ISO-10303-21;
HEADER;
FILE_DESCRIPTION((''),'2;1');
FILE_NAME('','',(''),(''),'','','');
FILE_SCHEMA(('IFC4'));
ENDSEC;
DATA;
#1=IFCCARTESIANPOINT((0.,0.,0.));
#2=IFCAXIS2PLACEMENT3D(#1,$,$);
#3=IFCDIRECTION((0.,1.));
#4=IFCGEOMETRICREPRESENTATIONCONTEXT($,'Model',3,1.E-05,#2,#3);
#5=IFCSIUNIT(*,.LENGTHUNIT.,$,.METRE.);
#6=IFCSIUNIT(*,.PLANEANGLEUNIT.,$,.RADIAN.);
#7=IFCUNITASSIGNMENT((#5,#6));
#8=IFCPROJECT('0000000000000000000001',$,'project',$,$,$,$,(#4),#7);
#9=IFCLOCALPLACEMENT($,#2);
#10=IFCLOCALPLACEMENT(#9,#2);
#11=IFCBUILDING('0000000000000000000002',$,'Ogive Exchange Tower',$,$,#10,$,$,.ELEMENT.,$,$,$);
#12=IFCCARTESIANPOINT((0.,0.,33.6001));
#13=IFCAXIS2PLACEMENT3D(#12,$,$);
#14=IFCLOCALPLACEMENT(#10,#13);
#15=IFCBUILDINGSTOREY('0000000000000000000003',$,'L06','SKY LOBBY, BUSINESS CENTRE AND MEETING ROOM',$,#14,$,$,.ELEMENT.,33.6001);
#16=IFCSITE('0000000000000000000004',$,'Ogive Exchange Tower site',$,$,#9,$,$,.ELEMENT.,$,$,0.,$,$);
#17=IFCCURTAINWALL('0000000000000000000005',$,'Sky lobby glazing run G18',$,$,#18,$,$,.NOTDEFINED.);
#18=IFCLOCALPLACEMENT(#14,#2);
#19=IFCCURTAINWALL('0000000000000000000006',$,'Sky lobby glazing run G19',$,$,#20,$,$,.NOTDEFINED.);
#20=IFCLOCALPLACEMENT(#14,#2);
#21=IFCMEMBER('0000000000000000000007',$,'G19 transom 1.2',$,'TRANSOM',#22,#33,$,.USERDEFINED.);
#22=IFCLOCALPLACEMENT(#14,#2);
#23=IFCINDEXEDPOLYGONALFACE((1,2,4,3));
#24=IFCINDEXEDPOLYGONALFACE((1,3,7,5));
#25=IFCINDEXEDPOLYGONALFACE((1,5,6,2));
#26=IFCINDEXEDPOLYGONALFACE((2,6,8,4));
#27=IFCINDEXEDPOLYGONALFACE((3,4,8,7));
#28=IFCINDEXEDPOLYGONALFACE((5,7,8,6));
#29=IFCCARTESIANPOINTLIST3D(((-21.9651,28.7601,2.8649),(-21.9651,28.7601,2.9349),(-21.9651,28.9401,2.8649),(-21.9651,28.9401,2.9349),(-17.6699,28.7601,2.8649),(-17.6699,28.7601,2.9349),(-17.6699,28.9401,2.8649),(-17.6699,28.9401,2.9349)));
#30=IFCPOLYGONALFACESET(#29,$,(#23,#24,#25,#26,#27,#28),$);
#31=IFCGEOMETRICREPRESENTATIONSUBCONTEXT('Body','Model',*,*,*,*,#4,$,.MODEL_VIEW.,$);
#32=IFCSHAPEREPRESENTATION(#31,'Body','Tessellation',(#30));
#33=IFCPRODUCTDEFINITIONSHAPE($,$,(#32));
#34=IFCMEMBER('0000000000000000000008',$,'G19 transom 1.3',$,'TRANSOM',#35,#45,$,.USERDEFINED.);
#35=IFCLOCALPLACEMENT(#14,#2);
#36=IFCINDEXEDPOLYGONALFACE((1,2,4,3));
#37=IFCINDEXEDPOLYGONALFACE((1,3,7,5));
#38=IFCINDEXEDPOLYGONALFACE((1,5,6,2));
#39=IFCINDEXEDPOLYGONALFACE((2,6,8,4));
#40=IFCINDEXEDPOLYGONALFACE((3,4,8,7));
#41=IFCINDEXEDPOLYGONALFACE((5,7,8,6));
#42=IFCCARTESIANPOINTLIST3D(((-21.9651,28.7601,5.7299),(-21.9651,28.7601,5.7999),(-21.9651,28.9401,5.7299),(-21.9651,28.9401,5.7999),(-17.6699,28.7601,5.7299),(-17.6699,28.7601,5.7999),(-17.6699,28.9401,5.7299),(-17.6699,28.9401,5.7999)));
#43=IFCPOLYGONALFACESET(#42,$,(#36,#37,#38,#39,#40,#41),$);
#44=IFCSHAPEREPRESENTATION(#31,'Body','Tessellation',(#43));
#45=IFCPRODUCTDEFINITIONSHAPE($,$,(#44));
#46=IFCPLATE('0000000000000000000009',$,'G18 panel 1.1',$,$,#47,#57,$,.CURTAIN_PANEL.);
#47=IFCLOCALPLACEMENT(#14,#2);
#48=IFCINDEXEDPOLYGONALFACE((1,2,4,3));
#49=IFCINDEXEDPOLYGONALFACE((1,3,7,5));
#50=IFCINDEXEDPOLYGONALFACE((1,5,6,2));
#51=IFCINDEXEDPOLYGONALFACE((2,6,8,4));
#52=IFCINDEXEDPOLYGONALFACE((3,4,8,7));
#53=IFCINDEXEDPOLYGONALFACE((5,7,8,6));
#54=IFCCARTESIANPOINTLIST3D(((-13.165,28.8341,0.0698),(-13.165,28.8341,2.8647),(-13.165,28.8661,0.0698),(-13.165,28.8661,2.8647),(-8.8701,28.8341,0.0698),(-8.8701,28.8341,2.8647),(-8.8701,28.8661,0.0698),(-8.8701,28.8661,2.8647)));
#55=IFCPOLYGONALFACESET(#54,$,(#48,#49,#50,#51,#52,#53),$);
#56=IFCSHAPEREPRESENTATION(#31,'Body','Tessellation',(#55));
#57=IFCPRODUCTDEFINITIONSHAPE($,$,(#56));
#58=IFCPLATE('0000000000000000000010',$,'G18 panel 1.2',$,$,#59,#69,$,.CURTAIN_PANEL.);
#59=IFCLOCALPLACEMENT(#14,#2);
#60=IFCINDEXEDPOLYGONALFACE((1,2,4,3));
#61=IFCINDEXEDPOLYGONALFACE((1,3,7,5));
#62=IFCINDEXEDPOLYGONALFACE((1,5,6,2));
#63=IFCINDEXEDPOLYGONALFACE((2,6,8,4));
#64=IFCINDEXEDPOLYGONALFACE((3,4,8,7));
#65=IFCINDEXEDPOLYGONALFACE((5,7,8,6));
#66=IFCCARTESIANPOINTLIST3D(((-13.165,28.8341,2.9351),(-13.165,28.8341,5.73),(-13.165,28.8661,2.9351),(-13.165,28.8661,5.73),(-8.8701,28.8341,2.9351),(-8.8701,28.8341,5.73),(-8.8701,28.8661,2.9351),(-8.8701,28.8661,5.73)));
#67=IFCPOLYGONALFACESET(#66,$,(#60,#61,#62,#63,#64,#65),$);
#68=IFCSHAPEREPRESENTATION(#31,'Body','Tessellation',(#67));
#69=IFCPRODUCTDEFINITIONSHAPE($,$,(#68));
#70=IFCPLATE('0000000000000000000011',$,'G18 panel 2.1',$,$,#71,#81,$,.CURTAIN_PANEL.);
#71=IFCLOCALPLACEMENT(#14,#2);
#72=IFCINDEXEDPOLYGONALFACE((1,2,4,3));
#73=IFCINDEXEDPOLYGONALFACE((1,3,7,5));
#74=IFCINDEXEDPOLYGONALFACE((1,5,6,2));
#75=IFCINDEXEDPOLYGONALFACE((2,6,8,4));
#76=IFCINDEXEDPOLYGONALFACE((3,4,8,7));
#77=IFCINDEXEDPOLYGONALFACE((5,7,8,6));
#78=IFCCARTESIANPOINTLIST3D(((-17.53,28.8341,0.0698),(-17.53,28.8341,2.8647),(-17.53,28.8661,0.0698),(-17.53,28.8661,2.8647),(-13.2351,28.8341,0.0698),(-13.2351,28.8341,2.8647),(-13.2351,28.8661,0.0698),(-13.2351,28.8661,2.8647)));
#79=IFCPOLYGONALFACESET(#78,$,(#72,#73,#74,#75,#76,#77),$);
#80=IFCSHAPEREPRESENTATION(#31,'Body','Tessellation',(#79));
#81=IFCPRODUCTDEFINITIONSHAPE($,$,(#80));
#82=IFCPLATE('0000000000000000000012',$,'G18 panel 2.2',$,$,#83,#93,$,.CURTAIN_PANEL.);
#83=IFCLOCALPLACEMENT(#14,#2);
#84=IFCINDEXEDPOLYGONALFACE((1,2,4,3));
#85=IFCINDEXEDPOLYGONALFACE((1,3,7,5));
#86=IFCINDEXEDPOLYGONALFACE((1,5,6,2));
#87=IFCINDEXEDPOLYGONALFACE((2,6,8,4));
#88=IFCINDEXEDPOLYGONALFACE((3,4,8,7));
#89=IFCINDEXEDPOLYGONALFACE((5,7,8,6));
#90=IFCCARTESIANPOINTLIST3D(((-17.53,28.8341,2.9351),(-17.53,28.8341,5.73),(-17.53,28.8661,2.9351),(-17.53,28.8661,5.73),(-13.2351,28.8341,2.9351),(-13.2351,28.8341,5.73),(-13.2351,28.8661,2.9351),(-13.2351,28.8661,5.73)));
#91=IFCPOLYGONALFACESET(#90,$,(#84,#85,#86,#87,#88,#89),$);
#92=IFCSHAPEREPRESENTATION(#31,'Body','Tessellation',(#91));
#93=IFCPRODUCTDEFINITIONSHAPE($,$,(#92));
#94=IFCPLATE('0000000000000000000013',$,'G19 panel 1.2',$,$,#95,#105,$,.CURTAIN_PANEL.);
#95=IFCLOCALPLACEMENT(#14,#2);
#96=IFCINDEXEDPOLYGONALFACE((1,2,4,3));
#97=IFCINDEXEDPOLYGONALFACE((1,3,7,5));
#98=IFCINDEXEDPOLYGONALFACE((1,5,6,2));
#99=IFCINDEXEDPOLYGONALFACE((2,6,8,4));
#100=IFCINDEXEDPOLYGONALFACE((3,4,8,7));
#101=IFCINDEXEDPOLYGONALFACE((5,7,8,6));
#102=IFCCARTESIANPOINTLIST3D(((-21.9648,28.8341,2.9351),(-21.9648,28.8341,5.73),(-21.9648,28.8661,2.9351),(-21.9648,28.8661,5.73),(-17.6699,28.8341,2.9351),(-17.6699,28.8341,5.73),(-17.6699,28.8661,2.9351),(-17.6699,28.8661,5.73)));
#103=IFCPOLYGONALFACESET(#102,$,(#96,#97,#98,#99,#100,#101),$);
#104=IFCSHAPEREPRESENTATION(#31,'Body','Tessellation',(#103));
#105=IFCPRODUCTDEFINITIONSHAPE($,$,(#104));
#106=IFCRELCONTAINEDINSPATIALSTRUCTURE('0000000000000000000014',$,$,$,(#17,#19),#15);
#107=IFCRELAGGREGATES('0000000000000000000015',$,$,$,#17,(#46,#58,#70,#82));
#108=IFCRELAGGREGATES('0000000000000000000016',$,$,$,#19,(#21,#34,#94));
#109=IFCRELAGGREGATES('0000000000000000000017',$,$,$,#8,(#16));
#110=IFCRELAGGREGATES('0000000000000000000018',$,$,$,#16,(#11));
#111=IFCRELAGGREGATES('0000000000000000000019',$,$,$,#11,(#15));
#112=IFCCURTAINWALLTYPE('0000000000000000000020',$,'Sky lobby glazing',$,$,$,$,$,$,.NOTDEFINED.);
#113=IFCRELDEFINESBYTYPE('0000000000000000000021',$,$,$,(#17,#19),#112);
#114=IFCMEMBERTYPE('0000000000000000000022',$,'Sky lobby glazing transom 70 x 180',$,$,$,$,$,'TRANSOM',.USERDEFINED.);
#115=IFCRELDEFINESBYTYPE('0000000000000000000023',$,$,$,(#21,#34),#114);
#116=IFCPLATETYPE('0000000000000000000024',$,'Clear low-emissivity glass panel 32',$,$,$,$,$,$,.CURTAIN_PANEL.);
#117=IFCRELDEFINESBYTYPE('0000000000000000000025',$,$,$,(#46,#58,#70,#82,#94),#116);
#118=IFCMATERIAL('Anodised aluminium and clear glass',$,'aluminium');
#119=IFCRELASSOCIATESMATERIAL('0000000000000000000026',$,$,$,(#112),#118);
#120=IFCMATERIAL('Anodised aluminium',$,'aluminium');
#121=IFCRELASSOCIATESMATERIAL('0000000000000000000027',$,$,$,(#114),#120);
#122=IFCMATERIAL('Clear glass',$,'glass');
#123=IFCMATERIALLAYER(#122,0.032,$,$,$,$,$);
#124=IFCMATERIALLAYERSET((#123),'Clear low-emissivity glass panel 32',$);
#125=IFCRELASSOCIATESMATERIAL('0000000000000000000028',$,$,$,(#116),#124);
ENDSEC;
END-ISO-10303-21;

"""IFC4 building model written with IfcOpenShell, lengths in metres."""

from ifc_helpers import new_model, si_unit, direction, frame, origin, origin_2d, place, context, subcontext, project, spatial, rectangle, extrude, material, layer, layer_set, material_profile, profile_set, type_object, element, aggregate, save


model = new_model("IFC4")

# Units and contexts
model_context = context("Model", 3, precision=1e-05, world=origin(), true_north=direction((0.0, 1.0)))
body_context = subcontext(model_context, "Body", "Model", "MODEL_VIEW")
ifc_project = project(units=[si_unit("LENGTHUNIT", "METRE"), si_unit("PLANEANGLEUNIT", "RADIAN")], contexts=[model_context])

# Site, building, storey
site_placement = place(None, origin())
site = spatial("IfcSite", under=ifc_project, at=site_placement, Name="Ogive Exchange Tower site", CompositionType="ELEMENT", RefElevation=0.0)
building_placement = place(site_placement, origin())
building = spatial("IfcBuilding", under=site, at=building_placement, Name="Ogive Exchange Tower", CompositionType="ELEMENT")
storey_placement = place(building_placement, frame((0.0, 0.0, 33.6001)))
storey = spatial("IfcBuildingStorey", under=building, at=storey_placement, Name="L06", Description="SKY LOBBY, BUSINESS CENTRE AND MEETING ROOM", CompositionType="ELEMENT", Elevation=33.6001)

# Curtain wall
ifc_material_1 = material(Name="Anodised aluminium and clear glass", Category="aluminium")
curtain_wall_type = type_object("IfcCurtainWallType", Name="Sky lobby glazing", PredefinedType="NOTDEFINED", material=ifc_material_1)
curtain_wall_1_placement = place(storey_placement, origin())
curtain_wall_1 = element("IfcCurtainWall", 1, at=curtain_wall_1_placement, inside=storey, type_object=curtain_wall_type, Name="Sky lobby glazing run G18", PredefinedType="NOTDEFINED")
ifc_material_2 = material(Name="Anodised aluminium", Category="aluminium")

# Curtain wall
curtain_wall_2_placement = place(storey_placement, origin())
curtain_wall_2 = element("IfcCurtainWall", 2, at=curtain_wall_2_placement, inside=storey, type_object=curtain_wall_type, Name="Sky lobby glazing run G19", PredefinedType="NOTDEFINED")

# Members
ifc_material_profile_1 = material_profile(ifc_material_2, rectangle(XDim=0.1799, YDim=0.0701, at=origin_2d()), Name="AL 70x180")
ifc_profile_set_1 = profile_set([ifc_material_profile_1], Name="Anodised aluminium")
member_type_1 = type_object("IfcMemberType", Name="Sky lobby glazing transom 70 x 180", ElementType="TRANSOM", PredefinedType="USERDEFINED", material=ifc_profile_set_1)
member_1_placement = place(storey_placement, frame((-17.6699, 28.8501, 2.8999), z_axis=(-1.0, 0.0, 0.0), x_axis=(0.0, -1.0, 0.0)))
member_1 = element("IfcMember", 3, at=member_1_placement, type_object=member_type_1, Name="G19 transom 1.2", ObjectType="TRANSOM", PredefinedType="USERDEFINED", context=body_context, shape_type="SweptSolid", body=[
    extrude(rectangle(XDim=0.1799, YDim=0.0701, at=origin_2d()), origin(), (0.0, 0.0, 1.0), 4.2952),
])
member_2_placement = place(storey_placement, frame((-17.6699, 28.8501, 5.7649), z_axis=(-1.0, 0.0, 0.0), x_axis=(0.0, -1.0, 0.0)))
member_2 = element("IfcMember", 4, at=member_2_placement, type_object=member_type_1, Name="G19 transom 1.3", ObjectType="TRANSOM", PredefinedType="USERDEFINED", context=body_context, shape_type="SweptSolid", body=[
    extrude(rectangle(XDim=0.1799, YDim=0.0701, at=origin_2d()), origin(), (0.0, 0.0, 1.0), 4.2952),
])

# Plates
ifc_material_3 = material(Name="Clear glass", Category="glass")
ifc_layer = layer(ifc_material_3, 0.032)
ifc_layer_set = layer_set([ifc_layer], Name="Clear low-emissivity glass panel 32")
plate_type = type_object("IfcPlateType", Name="Clear low-emissivity glass panel 32", PredefinedType="CURTAIN_PANEL", material=ifc_layer_set)
plate_1_placement = place(storey_placement, frame((-11.0176, 28.8501, 0.0698), z_axis=(0.0, 0.0, 1.0), x_axis=(-1.0, 0.0, 0.0)))
plate_1 = element("IfcPlate", 5, at=plate_1_placement, type_object=plate_type, Name="G18 panel 1.1", PredefinedType="CURTAIN_PANEL", context=body_context, shape_type="SweptSolid", body=[
    extrude(rectangle(XDim=4.2949, YDim=0.032, at=origin_2d()), origin(), (0.0, 0.0, 1.0), 2.7949),
])
plate_2_placement = place(storey_placement, frame((-11.0176, 28.8501, 2.9351), z_axis=(0.0, 0.0, 1.0), x_axis=(-1.0, 0.0, 0.0)))
plate_2 = element("IfcPlate", 6, at=plate_2_placement, type_object=plate_type, Name="G18 panel 1.2", PredefinedType="CURTAIN_PANEL", context=body_context, shape_type="SweptSolid", body=[
    extrude(rectangle(XDim=4.2949, YDim=0.032, at=origin_2d()), origin(), (0.0, 0.0, 1.0), 2.7949),
])
plate_3_placement = place(storey_placement, frame((-15.3826, 28.8501, 0.0698), z_axis=(0.0, 0.0, 1.0), x_axis=(-1.0, 0.0, 0.0)))
plate_3 = element("IfcPlate", 7, at=plate_3_placement, type_object=plate_type, Name="G18 panel 2.1", PredefinedType="CURTAIN_PANEL", context=body_context, shape_type="SweptSolid", body=[
    extrude(rectangle(XDim=4.2949, YDim=0.032, at=origin_2d()), origin(), (0.0, 0.0, 1.0), 2.7949),
])
plate_4_placement = place(storey_placement, frame((-15.3826, 28.8501, 2.9351), z_axis=(0.0, 0.0, 1.0), x_axis=(-1.0, 0.0, 0.0)))
plate_4 = element("IfcPlate", 8, at=plate_4_placement, type_object=plate_type, Name="G18 panel 2.2", PredefinedType="CURTAIN_PANEL", context=body_context, shape_type="SweptSolid", body=[
    extrude(rectangle(XDim=4.2949, YDim=0.032, at=origin_2d()), origin(), (0.0, 0.0, 1.0), 2.7949),
])
aggregate(curtain_wall_1, [plate_1, plate_2, plate_3, plate_4])
plate_5_placement = place(storey_placement, frame((-19.8174, 28.8501, 2.9351), z_axis=(0.0, 0.0, 1.0), x_axis=(-1.0, 0.0, 0.0)))
plate_5 = element("IfcPlate", 9, at=plate_5_placement, type_object=plate_type, Name="G19 panel 1.2", PredefinedType="CURTAIN_PANEL", context=body_context, shape_type="SweptSolid", body=[
    extrude(rectangle(XDim=4.2949, YDim=0.032, at=origin_2d()), origin(), (0.0, 0.0, 1.0), 2.7949),
])
aggregate(curtain_wall_2, [member_1, member_2, plate_5])

save(model, "model.ifc")
